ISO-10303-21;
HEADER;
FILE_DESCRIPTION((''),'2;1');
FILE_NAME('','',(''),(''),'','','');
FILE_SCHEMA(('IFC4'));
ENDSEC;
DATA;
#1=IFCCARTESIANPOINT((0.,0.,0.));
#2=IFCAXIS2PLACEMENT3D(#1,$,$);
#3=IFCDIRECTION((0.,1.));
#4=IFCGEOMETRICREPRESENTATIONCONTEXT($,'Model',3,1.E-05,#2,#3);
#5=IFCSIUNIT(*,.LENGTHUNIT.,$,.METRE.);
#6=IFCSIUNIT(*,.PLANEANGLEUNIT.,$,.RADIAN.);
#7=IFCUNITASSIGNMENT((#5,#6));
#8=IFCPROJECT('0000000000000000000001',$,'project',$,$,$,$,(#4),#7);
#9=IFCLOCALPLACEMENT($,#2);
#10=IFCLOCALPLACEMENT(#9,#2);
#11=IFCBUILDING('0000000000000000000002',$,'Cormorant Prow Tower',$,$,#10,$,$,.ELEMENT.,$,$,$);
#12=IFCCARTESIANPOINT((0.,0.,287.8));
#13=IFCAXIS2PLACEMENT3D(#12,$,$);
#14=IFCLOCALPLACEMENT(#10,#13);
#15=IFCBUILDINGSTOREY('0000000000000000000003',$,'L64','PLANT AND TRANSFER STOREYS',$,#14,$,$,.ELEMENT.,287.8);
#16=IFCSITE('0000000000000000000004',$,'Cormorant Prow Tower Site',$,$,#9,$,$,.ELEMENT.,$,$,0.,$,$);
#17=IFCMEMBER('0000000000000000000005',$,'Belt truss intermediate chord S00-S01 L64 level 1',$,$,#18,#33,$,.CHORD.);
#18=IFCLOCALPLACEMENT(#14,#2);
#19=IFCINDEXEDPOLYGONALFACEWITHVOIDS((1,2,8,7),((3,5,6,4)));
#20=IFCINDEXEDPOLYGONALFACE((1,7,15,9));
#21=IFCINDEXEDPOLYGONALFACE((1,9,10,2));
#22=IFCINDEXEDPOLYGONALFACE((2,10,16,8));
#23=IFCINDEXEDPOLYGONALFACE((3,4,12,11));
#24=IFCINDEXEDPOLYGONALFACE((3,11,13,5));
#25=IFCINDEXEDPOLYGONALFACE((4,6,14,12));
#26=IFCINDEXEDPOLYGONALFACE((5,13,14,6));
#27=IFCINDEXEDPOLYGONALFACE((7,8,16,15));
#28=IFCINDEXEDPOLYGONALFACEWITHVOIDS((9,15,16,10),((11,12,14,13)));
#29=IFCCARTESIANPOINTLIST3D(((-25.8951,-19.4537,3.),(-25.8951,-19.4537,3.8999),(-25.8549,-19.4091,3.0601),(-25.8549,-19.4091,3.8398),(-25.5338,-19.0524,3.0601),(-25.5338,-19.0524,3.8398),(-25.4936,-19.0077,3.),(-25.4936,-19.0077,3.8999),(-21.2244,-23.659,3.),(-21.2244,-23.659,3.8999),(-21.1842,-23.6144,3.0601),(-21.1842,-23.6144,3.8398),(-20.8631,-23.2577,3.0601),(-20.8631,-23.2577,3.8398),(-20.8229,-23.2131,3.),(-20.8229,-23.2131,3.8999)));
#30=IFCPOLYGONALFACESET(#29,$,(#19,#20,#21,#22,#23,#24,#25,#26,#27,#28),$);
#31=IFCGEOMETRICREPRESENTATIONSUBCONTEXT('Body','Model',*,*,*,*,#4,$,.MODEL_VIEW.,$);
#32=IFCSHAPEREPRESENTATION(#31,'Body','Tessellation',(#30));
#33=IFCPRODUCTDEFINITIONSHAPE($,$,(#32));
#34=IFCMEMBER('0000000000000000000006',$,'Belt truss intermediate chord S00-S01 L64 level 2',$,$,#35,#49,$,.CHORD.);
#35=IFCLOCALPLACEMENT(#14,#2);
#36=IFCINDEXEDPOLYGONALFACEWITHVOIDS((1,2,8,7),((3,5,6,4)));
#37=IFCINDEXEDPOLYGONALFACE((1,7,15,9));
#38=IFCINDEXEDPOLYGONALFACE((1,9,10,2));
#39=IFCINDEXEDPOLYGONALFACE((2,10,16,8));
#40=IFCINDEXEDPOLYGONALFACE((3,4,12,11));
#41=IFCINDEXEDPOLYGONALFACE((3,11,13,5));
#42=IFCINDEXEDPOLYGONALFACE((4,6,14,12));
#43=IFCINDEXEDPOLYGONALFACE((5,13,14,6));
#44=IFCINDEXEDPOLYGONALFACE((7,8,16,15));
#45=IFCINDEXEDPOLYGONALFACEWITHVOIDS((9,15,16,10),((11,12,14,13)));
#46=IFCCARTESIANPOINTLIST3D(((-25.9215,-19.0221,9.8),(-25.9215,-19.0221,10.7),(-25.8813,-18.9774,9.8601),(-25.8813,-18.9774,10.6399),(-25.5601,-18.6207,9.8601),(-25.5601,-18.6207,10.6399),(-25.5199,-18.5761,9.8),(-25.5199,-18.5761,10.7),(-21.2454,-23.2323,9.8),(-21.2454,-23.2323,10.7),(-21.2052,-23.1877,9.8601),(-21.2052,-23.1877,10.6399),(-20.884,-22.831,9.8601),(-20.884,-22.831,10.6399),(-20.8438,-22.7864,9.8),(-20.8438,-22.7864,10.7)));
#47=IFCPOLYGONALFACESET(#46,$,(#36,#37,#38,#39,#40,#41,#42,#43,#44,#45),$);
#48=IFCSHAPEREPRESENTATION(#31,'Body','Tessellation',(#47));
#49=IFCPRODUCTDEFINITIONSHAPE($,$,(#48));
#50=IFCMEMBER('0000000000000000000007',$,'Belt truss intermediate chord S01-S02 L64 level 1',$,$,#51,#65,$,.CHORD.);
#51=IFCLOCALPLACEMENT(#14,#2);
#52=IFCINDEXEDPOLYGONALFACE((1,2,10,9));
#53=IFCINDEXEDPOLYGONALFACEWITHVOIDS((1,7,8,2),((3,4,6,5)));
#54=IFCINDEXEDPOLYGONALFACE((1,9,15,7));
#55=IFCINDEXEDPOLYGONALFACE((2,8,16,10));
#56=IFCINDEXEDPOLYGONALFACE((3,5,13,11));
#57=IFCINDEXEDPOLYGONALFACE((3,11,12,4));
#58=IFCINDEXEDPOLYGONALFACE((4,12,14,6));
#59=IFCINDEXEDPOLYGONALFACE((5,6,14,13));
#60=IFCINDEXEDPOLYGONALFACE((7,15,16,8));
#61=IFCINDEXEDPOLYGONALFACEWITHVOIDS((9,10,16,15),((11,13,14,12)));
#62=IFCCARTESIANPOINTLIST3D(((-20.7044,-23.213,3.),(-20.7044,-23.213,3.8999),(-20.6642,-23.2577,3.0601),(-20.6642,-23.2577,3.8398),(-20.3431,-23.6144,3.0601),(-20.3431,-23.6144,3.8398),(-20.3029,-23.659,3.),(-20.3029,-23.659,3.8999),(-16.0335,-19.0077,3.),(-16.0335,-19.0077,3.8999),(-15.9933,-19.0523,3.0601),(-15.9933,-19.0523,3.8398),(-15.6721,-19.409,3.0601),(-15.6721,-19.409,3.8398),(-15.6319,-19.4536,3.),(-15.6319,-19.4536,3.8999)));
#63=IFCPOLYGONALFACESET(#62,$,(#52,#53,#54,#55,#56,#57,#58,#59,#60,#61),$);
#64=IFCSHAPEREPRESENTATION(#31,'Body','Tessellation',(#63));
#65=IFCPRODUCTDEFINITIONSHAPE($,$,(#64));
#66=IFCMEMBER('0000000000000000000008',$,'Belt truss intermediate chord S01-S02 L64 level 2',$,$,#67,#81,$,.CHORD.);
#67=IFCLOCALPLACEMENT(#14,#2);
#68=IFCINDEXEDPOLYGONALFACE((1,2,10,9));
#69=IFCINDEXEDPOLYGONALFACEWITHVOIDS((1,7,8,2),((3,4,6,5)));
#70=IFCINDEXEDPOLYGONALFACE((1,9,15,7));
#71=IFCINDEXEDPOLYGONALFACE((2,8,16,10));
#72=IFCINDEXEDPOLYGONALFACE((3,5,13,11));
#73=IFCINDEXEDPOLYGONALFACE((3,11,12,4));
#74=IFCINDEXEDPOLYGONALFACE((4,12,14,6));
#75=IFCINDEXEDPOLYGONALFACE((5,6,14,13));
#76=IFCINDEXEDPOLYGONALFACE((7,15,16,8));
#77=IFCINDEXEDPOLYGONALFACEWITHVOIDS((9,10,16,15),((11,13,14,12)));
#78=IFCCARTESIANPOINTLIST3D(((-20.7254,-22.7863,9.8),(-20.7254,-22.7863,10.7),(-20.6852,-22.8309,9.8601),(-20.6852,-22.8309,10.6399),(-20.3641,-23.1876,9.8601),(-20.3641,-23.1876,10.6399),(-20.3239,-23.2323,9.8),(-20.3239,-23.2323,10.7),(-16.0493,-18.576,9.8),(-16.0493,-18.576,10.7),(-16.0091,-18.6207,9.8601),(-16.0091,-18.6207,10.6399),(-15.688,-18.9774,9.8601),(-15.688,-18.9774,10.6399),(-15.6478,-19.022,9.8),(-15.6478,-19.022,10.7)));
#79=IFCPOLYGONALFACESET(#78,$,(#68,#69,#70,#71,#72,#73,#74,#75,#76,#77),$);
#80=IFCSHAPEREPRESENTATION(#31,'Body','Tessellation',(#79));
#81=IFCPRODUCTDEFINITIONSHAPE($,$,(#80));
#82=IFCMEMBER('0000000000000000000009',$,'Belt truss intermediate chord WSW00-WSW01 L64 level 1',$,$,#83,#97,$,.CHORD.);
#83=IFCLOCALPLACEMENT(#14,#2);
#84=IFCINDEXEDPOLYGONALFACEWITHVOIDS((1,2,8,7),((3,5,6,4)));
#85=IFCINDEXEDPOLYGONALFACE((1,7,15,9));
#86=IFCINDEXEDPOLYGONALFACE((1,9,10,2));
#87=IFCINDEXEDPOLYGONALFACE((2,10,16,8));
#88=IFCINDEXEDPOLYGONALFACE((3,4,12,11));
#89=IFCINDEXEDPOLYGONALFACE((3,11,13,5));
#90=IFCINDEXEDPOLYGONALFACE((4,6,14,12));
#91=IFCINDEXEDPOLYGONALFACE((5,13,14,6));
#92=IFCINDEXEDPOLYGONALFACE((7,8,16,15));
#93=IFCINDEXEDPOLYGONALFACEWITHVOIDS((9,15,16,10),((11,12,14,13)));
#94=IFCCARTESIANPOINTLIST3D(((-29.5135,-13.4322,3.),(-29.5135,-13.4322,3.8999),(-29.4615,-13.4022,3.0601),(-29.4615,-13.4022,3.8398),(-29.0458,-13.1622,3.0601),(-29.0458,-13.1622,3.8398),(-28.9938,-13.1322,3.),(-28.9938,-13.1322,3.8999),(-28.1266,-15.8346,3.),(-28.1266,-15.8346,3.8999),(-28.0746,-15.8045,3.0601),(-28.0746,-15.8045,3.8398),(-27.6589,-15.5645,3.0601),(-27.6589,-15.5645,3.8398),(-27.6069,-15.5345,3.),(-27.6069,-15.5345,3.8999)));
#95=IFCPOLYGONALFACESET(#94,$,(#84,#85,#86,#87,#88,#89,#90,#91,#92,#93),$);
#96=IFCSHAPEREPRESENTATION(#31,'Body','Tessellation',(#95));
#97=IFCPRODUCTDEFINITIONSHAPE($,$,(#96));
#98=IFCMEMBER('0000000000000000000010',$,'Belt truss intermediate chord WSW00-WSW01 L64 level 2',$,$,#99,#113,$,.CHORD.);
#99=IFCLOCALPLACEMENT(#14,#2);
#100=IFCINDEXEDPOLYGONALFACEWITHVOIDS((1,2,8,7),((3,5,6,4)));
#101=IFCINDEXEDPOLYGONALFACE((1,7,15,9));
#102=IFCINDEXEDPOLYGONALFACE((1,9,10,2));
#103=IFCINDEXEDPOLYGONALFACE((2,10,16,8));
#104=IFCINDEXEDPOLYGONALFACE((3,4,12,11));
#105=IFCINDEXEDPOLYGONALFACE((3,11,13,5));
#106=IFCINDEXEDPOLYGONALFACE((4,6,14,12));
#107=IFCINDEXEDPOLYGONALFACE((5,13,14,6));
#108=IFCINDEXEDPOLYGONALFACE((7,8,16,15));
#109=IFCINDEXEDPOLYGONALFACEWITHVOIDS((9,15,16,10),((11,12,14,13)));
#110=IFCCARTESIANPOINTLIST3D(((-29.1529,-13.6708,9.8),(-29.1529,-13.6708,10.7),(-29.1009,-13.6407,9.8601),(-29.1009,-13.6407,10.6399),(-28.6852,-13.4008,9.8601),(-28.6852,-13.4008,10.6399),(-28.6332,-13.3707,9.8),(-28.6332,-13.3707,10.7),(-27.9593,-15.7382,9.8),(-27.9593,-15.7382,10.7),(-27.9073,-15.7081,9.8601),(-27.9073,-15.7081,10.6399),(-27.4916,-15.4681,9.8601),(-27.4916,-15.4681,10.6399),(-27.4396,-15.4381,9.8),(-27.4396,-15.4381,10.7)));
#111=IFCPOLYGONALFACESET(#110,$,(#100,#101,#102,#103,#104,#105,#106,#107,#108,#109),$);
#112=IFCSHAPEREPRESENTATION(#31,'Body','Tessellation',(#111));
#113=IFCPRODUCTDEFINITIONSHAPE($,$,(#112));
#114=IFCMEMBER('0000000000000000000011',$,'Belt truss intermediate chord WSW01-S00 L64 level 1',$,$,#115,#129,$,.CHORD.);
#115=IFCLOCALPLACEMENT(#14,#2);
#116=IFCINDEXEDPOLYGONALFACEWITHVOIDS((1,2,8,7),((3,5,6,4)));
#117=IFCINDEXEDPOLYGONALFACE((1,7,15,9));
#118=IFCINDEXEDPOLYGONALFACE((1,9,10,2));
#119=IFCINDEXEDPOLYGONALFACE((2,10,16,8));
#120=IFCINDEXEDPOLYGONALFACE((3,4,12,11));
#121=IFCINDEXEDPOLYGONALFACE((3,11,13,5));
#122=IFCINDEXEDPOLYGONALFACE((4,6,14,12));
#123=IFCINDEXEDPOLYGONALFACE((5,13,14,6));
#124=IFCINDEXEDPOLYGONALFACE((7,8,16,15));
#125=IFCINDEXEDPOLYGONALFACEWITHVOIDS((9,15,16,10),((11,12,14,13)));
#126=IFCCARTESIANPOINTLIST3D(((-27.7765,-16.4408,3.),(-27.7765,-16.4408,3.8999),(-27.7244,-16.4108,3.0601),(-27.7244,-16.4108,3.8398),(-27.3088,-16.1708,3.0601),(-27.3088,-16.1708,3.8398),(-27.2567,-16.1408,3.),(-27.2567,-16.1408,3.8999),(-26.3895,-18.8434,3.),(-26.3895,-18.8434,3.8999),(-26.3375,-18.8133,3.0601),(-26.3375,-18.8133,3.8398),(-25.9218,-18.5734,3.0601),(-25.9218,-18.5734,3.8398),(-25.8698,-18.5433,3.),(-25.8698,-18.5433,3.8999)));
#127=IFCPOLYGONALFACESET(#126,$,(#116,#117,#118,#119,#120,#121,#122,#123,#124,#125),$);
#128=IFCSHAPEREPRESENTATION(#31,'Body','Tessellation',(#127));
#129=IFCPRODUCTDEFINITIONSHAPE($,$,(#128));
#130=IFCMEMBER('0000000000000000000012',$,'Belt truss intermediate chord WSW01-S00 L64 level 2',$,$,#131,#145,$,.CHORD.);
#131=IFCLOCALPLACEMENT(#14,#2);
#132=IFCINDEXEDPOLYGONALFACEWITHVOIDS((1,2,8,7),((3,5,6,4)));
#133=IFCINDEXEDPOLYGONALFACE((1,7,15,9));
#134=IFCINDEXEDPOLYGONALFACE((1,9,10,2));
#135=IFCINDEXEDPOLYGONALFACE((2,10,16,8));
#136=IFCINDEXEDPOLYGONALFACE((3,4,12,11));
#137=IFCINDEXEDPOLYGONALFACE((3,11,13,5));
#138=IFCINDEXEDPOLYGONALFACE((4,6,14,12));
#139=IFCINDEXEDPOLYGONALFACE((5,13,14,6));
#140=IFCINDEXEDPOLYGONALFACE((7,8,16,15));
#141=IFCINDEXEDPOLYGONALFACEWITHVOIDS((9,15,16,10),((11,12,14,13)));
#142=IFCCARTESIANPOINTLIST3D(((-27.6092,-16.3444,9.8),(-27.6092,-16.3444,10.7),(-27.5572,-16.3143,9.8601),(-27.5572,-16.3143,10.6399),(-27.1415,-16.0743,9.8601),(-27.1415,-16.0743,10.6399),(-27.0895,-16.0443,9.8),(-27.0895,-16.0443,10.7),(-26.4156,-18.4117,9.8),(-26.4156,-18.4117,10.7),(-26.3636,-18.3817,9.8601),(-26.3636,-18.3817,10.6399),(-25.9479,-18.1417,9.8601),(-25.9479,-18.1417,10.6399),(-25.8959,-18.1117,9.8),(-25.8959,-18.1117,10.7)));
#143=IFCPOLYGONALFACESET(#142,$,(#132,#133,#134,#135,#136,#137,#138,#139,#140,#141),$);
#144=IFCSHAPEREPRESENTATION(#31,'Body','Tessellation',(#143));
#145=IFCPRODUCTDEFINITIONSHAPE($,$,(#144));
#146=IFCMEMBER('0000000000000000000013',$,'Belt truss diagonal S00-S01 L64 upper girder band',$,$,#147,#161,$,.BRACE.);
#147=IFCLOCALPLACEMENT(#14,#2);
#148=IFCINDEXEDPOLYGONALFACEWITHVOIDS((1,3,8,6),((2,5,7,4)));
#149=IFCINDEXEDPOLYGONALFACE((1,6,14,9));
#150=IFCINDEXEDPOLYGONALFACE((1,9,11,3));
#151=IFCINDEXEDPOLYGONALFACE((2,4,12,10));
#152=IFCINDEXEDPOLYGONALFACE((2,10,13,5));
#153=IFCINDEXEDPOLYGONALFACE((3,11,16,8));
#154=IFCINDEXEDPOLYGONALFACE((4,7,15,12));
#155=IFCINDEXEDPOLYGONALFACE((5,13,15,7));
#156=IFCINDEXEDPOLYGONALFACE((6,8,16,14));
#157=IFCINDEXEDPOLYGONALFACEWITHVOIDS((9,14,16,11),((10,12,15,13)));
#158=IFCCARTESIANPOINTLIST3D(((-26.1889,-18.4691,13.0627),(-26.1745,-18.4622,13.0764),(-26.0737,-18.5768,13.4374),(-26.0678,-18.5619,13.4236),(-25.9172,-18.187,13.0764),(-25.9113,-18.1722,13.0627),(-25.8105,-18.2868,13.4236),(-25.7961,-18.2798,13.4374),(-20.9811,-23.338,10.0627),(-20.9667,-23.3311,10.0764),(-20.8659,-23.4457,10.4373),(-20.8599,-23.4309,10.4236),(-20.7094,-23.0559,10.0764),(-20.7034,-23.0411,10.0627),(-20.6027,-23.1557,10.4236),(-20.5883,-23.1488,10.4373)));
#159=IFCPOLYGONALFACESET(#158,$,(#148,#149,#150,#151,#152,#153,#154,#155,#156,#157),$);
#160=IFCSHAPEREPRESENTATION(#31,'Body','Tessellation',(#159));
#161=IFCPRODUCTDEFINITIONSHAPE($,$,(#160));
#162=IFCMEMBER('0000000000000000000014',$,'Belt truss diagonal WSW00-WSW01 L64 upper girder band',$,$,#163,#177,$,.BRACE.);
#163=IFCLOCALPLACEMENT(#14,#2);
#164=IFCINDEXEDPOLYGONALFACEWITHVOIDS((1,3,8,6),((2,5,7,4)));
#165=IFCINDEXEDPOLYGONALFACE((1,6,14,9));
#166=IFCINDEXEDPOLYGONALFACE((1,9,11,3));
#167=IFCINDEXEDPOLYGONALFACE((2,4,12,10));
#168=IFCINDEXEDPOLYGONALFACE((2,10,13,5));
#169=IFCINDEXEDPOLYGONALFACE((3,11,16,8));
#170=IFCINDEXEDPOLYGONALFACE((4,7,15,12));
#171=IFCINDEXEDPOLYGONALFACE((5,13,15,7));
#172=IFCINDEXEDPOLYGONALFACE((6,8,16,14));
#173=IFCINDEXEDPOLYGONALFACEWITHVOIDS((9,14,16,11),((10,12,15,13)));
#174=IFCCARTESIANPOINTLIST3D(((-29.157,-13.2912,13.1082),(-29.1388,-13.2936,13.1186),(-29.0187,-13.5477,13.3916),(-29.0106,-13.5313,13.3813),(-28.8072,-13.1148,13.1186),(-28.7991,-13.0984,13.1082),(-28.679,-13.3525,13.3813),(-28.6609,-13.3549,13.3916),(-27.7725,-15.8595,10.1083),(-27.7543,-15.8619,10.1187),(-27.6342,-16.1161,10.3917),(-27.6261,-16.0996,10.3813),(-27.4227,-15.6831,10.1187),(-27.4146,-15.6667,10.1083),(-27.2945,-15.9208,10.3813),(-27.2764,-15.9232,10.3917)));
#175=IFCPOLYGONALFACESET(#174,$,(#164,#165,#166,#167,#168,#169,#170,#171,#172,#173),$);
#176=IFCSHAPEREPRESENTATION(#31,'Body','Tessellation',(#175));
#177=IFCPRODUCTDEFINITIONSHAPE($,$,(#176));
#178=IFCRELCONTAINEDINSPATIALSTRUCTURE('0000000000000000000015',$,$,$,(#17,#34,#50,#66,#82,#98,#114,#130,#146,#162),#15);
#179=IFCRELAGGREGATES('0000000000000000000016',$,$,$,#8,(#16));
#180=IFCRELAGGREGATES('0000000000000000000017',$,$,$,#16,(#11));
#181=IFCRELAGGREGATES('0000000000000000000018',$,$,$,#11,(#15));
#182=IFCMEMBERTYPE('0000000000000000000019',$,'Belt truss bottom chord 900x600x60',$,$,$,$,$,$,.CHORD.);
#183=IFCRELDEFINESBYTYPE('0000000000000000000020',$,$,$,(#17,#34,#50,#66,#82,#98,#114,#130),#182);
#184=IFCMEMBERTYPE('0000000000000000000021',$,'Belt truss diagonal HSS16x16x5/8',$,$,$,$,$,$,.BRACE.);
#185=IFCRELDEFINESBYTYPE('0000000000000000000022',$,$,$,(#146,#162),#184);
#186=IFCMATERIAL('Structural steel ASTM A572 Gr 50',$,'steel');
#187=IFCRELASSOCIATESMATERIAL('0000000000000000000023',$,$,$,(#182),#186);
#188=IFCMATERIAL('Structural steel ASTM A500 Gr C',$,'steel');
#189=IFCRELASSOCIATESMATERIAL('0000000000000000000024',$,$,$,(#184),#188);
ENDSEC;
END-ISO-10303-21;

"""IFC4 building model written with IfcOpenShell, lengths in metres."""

from ifc_helpers import new_model, si_unit, direction, frame, origin, origin_2d, place, context, subcontext, project, spatial, hollow_rectangle, extrude, material, material_profile, profile_set, type_object, element, save


model = new_model("IFC4")

# Units and contexts
model_context = context("Model", 3, precision=1e-05, world=origin(), true_north=direction((0.0, 1.0)))
body_context = subcontext(model_context, "Body", "Model", "MODEL_VIEW")
ifc_project = project(units=[si_unit("LENGTHUNIT", "METRE"), si_unit("PLANEANGLEUNIT", "RADIAN")], contexts=[model_context])

# Site, building, storey
site_placement = place(None, origin())
site = spatial("IfcSite", under=ifc_project, at=site_placement, Name="Cormorant Prow Tower Site", CompositionType="ELEMENT", RefElevation=0.0)
building_placement = place(site_placement, origin())
building = spatial("IfcBuilding", under=site, at=building_placement, Name="Cormorant Prow Tower", CompositionType="ELEMENT")
storey_placement = place(building_placement, frame((0.0, 0.0, 287.8)))
storey = spatial("IfcBuildingStorey", under=building, at=storey_placement, Name="L64", Description="PLANT AND TRANSFER STOREYS", CompositionType="ELEMENT", Elevation=287.8)

# Members
ifc_material_1 = material(Name="Structural steel ASTM A572 Gr 50", Category="steel")
ifc_material_profile_1 = material_profile(ifc_material_1, hollow_rectangle(XDim=0.6001, YDim=0.8999, WallThickness=0.0601, at=origin_2d()), Name="Box 900x600x60")
ifc_profile_set_1 = profile_set([ifc_material_profile_1], Name="Structural steel ASTM A572 Gr 50")
member_type_1 = type_object("IfcMemberType", Name="Belt truss bottom chord 900x600x60", PredefinedType="CHORD", material=ifc_profile_set_1)
member_1_placement = place(storey_placement, frame((-25.6943, -19.2307, 3.45), z_axis=(0.743157, -0.669117, 0.0), x_axis=(0.669117, 0.743157, 0.0)))
element("IfcMember", 1, at=member_1_placement, inside=storey, type_object=member_type_1, Name="Belt truss intermediate chord S00-S01 L64 level 1", PredefinedType="CHORD", context=body_context, shape_type="SweptSolid", body=[
    extrude(hollow_rectangle(XDim=0.6001, YDim=0.8999, WallThickness=0.0601, at=origin_2d()), origin(), (0.0, 0.0, 1.0), 6.2849),
])
member_2_placement = place(storey_placement, frame((-25.7207, -18.7991, 10.25), z_axis=(0.743153, -0.669121, 0.0), x_axis=(0.669121, 0.743153, 0.0)))
element("IfcMember", 2, at=member_2_placement, inside=storey, type_object=member_type_1, Name="Belt truss intermediate chord S00-S01 L64 level 2", PredefinedType="CHORD", context=body_context, shape_type="SweptSolid", body=[
    extrude(hollow_rectangle(XDim=0.6001, YDim=0.8999, WallThickness=0.0601, at=origin_2d()), origin(), (0.0, 0.0, 1.0), 6.2922),
])
member_3_placement = place(storey_placement, frame((-20.5037, -23.436, 3.45), z_axis=(0.743174, 0.669098, 0.0), x_axis=(-0.669098, 0.743174, 0.0)))
element("IfcMember", 3, at=member_3_placement, inside=storey, type_object=member_type_1, Name="Belt truss intermediate chord S01-S02 L64 level 1", PredefinedType="CHORD", context=body_context, shape_type="SweptSolid", body=[
    extrude(hollow_rectangle(XDim=0.6001, YDim=0.8999, WallThickness=0.0601, at=origin_2d()), origin(), (0.0, 0.0, 1.0), 6.2852),
])
member_4_placement = place(storey_placement, frame((-20.5247, -23.0093, 10.25), z_axis=(0.743153, 0.669121, 0.0), x_axis=(-0.669121, 0.743153, 0.0)))
element("IfcMember", 4, at=member_4_placement, inside=storey, type_object=member_type_1, Name="Belt truss intermediate chord S01-S02 L64 level 2", PredefinedType="CHORD", context=body_context, shape_type="SweptSolid", body=[
    extrude(hollow_rectangle(XDim=0.6001, YDim=0.8999, WallThickness=0.0601, at=origin_2d()), origin(), (0.0, 0.0, 1.0), 6.2922),
])
member_5_placement = place(storey_placement, frame((-29.2537, -13.2822, 3.45), z_axis=(0.499992, -0.86603, 0.0), x_axis=(0.86603, 0.499992, 0.0)))
element("IfcMember", 5, at=member_5_placement, inside=storey, type_object=member_type_1, Name="Belt truss intermediate chord WSW00-WSW01 L64 level 1", PredefinedType="CHORD", context=body_context, shape_type="SweptSolid", body=[
    extrude(hollow_rectangle(XDim=0.6001, YDim=0.8999, WallThickness=0.0601, at=origin_2d()), origin(), (0.0, 0.0, 1.0), 2.7739),
])
member_6_placement = place(storey_placement, frame((-28.8931, -13.5208, 10.25), z_axis=(0.5, -0.866025, 0.0), x_axis=(0.866025, 0.5, 0.0)))
element("IfcMember", 6, at=member_6_placement, inside=storey, type_object=member_type_1, Name="Belt truss intermediate chord WSW00-WSW01 L64 level 2", PredefinedType="CHORD", context=body_context, shape_type="SweptSolid", body=[
    extrude(hollow_rectangle(XDim=0.6001, YDim=0.8999, WallThickness=0.0601, at=origin_2d()), origin(), (0.0, 0.0, 1.0), 2.3872),
])
member_7_placement = place(storey_placement, frame((-27.5166, -16.2908, 3.45), z_axis=(0.499954, -0.866052, 0.0), x_axis=(0.866052, 0.499954, 0.0)))
element("IfcMember", 7, at=member_7_placement, inside=storey, type_object=member_type_1, Name="Belt truss intermediate chord WSW01-S00 L64 level 1", PredefinedType="CHORD", context=body_context, shape_type="SweptSolid", body=[
    extrude(hollow_rectangle(XDim=0.6001, YDim=0.8999, WallThickness=0.0601, at=origin_2d()), origin(), (0.0, 0.0, 1.0), 2.7742),
])
member_8_placement = place(storey_placement, frame((-27.3494, -16.1943, 10.25), z_axis=(0.5, -0.866025, 0.0), x_axis=(0.866025, 0.5, 0.0)))
element("IfcMember", 8, at=member_8_placement, inside=storey, type_object=member_type_1, Name="Belt truss intermediate chord WSW01-S00 L64 level 2", PredefinedType="CHORD", context=body_context, shape_type="SweptSolid", body=[
    extrude(hollow_rectangle(XDim=0.6001, YDim=0.8999, WallThickness=0.0601, at=origin_2d()), origin(), (0.0, 0.0, 1.0), 2.3872),
])
ifc_material_2 = material(Name="Structural steel ASTM A500 Gr C", Category="steel")
ifc_material_profile_2 = material_profile(ifc_material_2, hollow_rectangle(XDim=0.4065, YDim=0.4065, WallThickness=0.0149, at=origin_2d()), Name="HSS16x16x5/8")
ifc_profile_set_2 = profile_set([ifc_material_profile_2], Name="Structural steel ASTM A500 Gr C")
member_type_2 = type_object("IfcMemberType", Name="Belt truss diagonal HSS16x16x5/8", PredefinedType="BRACE", material=ifc_profile_set_2)
member_9_placement = place(storey_placement, frame((-20.7847, -23.2434, 10.25), z_axis=(-0.673291, 0.62948, 0.387858), x_axis=(-0.682941, -0.730473, 0.0)))
element("IfcMember", 9, at=member_9_placement, inside=storey, type_object=member_type_2, Name="Belt truss diagonal S00-S01 L64 upper girder band", PredefinedType="BRACE", context=body_context, shape_type="SweptSolid", body=[
    extrude(hollow_rectangle(XDim=0.4065, YDim=0.4065, WallThickness=0.0149, at=origin_2d()), origin(), (0.0, 0.0, 1.0), 7.7349),
])
member_10_placement = place(storey_placement, frame((-27.5244, -15.8914, 10.25), z_axis=(-0.330838, 0.613721, 0.716863), x_axis=(-0.880248, -0.474514, 0.0)))
element("IfcMember", 10, at=member_10_placement, inside=storey, type_object=member_type_2, Name="Belt truss diagonal WSW00-WSW01 L64 upper girder band", PredefinedType="BRACE", context=body_context, shape_type="SweptSolid", body=[
    extrude(hollow_rectangle(XDim=0.4065, YDim=0.4065, WallThickness=0.0149, at=origin_2d()), origin(), (0.0, 0.0, 1.0), 4.1848),
])

save(model, "model.ifc")
